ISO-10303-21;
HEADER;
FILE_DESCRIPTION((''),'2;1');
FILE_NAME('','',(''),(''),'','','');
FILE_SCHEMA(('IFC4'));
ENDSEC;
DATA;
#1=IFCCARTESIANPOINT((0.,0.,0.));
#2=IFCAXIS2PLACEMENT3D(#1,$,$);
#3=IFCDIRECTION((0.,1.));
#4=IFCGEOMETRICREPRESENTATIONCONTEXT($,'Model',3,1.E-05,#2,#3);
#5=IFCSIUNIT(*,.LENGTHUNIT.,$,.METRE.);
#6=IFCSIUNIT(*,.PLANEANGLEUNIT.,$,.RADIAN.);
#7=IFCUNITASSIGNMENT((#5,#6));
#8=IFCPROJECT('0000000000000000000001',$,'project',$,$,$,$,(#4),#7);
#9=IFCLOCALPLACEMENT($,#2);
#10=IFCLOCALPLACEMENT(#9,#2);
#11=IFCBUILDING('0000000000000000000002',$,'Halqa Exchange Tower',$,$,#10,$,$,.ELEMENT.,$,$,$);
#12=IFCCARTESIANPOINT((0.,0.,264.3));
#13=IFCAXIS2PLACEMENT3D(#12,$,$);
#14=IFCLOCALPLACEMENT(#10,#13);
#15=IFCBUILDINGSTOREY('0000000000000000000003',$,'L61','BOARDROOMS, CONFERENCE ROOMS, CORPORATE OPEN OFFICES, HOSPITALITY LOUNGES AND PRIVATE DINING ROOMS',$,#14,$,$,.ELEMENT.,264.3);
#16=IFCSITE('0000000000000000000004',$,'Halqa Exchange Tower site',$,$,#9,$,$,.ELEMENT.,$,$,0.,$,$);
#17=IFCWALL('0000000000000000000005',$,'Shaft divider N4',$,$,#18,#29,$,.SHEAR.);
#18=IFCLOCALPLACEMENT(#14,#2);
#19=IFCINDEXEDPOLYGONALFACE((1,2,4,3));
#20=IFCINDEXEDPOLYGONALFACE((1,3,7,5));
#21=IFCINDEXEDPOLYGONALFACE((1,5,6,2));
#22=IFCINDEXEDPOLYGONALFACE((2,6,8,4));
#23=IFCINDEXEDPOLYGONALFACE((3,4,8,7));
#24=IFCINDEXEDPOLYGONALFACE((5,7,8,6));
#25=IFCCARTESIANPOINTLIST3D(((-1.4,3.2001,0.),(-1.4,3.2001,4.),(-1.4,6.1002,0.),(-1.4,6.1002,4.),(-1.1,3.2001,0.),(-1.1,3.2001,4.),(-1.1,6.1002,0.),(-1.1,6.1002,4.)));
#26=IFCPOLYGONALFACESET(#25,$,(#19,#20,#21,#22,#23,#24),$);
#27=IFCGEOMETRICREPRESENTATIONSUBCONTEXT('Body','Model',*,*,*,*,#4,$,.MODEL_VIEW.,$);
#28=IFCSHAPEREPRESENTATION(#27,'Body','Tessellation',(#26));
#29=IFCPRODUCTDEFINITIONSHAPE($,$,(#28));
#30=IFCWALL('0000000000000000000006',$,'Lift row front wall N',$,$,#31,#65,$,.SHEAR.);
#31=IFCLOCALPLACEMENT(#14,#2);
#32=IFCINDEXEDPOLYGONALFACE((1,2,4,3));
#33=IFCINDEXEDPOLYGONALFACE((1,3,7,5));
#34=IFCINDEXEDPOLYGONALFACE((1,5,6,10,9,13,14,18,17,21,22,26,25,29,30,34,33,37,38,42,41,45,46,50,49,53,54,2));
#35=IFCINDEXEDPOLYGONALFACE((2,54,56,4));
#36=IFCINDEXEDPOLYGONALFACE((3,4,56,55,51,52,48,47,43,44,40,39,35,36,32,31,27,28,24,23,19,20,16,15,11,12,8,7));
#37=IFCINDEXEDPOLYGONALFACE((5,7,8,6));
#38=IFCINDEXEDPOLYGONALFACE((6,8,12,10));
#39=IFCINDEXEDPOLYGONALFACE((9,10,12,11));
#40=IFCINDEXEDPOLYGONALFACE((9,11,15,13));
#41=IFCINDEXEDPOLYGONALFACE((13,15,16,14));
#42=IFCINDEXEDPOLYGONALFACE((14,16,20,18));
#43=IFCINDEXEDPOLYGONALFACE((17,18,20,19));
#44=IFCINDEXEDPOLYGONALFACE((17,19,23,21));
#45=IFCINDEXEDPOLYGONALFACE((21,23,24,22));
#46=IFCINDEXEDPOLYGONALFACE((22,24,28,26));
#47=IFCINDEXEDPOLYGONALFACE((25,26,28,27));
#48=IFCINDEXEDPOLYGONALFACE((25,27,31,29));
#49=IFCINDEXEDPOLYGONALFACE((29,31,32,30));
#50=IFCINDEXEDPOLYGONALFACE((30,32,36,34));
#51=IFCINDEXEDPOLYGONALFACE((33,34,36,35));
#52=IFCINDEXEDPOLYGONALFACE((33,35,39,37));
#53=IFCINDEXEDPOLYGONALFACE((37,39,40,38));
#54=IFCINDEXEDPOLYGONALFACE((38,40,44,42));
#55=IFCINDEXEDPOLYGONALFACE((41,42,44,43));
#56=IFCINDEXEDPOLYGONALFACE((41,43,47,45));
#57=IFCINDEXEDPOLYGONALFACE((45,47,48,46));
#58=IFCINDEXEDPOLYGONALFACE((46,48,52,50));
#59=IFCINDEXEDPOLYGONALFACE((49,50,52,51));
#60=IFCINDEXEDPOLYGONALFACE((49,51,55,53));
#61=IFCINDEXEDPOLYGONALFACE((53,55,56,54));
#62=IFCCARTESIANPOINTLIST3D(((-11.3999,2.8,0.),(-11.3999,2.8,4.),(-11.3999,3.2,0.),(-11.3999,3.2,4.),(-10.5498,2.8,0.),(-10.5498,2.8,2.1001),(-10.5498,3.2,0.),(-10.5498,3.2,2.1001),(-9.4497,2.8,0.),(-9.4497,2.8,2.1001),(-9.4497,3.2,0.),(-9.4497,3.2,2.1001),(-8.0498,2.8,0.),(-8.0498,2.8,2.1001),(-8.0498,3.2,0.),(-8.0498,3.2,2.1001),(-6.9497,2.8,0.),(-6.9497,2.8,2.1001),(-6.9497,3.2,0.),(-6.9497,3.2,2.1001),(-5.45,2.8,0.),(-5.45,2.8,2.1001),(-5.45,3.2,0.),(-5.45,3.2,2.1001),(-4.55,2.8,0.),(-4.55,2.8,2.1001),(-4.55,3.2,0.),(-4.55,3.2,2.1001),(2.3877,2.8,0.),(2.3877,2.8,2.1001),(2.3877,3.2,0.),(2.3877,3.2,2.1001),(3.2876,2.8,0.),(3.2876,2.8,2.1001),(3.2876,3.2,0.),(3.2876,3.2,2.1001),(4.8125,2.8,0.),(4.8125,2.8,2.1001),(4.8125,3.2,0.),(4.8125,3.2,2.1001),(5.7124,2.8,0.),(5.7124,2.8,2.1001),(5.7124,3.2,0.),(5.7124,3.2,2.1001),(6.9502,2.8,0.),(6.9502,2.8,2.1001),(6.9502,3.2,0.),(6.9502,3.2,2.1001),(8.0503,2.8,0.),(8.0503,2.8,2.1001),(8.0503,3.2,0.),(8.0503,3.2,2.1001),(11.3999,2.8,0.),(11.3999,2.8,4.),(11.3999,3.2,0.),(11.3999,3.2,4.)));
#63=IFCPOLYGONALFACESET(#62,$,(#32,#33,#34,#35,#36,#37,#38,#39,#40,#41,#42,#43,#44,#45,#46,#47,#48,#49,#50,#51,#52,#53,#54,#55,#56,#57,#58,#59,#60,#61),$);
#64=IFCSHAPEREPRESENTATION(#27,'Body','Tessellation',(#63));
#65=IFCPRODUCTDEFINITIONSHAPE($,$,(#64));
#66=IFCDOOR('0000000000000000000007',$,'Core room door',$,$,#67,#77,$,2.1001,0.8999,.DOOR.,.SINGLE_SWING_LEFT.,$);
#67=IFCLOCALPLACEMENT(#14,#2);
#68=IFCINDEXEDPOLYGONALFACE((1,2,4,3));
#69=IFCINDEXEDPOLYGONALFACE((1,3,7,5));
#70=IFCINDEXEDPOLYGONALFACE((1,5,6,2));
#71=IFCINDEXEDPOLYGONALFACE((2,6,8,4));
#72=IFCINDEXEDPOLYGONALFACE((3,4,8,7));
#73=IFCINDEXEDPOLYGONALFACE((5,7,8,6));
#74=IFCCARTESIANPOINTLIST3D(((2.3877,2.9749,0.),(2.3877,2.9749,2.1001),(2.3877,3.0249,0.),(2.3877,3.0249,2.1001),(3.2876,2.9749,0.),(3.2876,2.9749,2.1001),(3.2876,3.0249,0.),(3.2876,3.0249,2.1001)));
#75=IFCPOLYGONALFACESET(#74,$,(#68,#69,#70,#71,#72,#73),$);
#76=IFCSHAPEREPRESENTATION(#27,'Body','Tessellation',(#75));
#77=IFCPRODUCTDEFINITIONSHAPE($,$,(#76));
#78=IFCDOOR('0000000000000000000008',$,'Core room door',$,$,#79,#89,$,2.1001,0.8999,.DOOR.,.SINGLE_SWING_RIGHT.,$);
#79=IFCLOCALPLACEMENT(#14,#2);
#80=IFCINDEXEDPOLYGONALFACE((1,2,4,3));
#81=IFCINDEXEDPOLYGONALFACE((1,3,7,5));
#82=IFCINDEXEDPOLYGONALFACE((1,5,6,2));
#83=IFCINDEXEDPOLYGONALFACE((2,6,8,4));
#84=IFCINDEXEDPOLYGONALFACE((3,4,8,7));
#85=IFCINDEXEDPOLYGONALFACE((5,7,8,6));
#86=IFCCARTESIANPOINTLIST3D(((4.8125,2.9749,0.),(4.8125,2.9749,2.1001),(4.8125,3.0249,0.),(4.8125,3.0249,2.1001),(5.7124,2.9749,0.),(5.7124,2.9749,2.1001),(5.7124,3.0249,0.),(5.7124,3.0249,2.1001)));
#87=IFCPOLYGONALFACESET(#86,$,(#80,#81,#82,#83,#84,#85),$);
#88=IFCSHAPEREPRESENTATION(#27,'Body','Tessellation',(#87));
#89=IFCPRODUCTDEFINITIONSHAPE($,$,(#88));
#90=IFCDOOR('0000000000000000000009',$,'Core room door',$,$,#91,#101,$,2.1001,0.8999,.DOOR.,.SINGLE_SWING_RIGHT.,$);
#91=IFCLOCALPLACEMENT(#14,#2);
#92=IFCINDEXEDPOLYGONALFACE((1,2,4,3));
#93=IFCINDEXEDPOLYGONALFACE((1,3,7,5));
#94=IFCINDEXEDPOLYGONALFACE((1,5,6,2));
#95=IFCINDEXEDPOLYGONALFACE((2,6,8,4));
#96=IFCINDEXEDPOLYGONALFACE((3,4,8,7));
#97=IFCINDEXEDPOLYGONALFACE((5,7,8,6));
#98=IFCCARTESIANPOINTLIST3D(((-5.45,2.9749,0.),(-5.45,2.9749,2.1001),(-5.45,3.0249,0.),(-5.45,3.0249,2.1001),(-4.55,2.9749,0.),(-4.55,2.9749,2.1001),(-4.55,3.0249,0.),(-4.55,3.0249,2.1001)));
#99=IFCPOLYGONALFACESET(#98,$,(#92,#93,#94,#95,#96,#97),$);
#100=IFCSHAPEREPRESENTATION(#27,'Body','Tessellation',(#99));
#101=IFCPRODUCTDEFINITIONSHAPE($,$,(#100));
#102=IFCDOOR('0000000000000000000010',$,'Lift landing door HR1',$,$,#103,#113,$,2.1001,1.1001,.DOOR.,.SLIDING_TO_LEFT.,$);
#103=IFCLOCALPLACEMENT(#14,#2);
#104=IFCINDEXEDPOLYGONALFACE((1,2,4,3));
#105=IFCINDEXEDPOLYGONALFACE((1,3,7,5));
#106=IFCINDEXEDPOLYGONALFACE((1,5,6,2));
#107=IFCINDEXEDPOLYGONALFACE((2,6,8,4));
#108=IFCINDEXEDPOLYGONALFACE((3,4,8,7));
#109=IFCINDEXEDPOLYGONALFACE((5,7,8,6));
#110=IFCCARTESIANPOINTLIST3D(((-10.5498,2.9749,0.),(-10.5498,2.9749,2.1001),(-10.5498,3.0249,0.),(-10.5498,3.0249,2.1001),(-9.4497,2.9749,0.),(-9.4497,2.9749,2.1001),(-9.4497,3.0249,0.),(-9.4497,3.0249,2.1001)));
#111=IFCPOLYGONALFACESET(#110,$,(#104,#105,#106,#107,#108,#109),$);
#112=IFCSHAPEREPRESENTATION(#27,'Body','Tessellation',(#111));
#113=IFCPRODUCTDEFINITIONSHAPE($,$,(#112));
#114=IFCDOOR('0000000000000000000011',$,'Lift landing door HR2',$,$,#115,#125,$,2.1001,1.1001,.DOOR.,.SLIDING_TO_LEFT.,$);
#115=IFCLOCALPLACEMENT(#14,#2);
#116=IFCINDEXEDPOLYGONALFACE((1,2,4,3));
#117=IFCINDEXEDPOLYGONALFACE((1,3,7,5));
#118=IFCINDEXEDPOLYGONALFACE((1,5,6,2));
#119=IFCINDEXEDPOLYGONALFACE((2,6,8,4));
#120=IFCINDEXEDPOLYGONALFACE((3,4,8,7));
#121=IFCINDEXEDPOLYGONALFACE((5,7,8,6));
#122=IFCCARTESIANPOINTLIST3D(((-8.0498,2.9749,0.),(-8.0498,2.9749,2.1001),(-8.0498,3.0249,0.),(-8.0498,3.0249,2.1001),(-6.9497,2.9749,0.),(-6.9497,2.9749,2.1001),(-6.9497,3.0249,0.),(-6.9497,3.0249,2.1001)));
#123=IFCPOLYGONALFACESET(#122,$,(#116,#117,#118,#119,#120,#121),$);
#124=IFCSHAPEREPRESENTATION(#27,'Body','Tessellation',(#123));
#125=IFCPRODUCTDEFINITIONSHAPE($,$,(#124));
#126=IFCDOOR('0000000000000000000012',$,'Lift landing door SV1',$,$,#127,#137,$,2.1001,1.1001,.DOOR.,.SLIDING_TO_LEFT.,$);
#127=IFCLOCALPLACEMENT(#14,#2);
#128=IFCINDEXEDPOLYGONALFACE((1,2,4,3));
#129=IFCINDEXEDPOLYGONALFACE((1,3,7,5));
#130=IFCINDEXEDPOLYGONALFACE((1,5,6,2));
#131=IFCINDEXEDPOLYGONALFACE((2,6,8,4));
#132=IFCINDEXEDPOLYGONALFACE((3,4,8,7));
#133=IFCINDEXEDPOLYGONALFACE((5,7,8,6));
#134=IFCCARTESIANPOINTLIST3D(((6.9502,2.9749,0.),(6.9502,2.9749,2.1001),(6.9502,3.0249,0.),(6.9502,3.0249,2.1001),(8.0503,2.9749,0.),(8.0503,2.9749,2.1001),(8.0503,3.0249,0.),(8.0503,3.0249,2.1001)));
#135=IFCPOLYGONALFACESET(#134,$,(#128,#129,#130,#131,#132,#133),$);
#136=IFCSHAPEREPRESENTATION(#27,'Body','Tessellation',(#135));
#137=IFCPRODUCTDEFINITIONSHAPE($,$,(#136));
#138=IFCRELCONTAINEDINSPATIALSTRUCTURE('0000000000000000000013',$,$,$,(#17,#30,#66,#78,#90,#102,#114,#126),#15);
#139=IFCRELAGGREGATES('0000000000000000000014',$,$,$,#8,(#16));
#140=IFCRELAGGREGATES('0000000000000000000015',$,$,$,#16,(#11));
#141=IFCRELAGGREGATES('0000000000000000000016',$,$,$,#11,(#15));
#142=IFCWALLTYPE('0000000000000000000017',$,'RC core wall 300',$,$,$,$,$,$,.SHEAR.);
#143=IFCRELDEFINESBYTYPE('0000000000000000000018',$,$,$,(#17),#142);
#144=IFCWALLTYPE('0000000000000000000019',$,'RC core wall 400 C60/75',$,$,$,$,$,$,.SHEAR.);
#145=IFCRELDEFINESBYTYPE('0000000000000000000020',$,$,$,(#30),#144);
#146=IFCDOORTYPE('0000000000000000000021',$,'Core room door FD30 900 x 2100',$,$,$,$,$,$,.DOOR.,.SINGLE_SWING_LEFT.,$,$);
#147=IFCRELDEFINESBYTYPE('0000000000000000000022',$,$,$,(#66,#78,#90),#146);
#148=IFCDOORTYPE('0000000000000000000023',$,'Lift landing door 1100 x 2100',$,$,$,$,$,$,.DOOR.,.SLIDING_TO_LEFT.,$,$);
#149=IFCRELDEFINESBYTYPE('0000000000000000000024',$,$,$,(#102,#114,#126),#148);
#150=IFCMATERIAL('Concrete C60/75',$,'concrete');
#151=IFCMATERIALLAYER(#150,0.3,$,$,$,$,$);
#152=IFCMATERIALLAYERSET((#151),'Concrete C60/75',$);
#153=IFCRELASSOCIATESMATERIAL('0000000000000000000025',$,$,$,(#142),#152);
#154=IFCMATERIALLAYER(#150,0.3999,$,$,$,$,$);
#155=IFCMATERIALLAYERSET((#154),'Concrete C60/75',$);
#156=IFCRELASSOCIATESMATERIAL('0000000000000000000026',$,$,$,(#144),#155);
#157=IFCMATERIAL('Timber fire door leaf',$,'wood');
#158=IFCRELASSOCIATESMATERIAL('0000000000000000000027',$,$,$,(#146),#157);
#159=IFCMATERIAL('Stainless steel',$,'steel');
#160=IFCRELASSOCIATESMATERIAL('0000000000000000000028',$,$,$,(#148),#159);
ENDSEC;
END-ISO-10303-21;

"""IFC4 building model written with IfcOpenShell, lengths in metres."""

from ifc_helpers import new_model, si_unit, direction, frame, frame_2d, origin, place, context, subcontext, project, spatial, rectangle, extrude, material, layer, layer_set, type_object, element, fill, save


model = new_model("IFC4")

# Units and contexts
model_context = context("Model", 3, precision=1e-05, world=origin(), true_north=direction((0.0, 1.0)))
body_context = subcontext(model_context, "Body", "Model", "MODEL_VIEW")
ifc_project = project(units=[si_unit("LENGTHUNIT", "METRE"), si_unit("PLANEANGLEUNIT", "RADIAN")], contexts=[model_context])

# Site, building, storey
site_placement = place(None, origin())
site = spatial("IfcSite", under=ifc_project, at=site_placement, Name="Halqa Exchange Tower site", CompositionType="ELEMENT", RefElevation=0.0)
building_placement = place(site_placement, origin())
building = spatial("IfcBuilding", under=site, at=building_placement, Name="Halqa Exchange Tower", CompositionType="ELEMENT")
storey_placement = place(building_placement, frame((0.0, 0.0, 264.3)))
storey = spatial("IfcBuildingStorey", under=building, at=storey_placement, Name="L61", Description="BOARDROOMS, CONFERENCE ROOMS, CORPORATE OPEN OFFICES, HOSPITALITY LOUNGES AND PRIVATE DINING ROOMS", CompositionType="ELEMENT", Elevation=264.3)

# Wall
ifc_material_1 = material(Name="Concrete C60/75", Category="concrete")
ifc_layer_1 = layer(ifc_material_1, 0.3)
ifc_layer_set_1 = layer_set([ifc_layer_1], Name="Concrete C60/75")
wall_type_1 = type_object("IfcWallType", Name="RC core wall 300", PredefinedType="SHEAR", material=ifc_layer_set_1)
for number, where, z_axis, x_axis, name in (
    (1, (-1.25, 3.2, 0.0), (0.0, 0.0, 1.0), (0.0, 1.0, 0.0), "Shaft divider N4"),
):
    element("IfcWall", number, at=place(storey_placement, frame(where, z_axis=z_axis, x_axis=x_axis)), inside=storey, type_object=wall_type_1, Name=name, PredefinedType="SHEAR", context=body_context, shape_type="SweptSolid", body=[
        extrude(rectangle(XDim=2.9001, YDim=0.3, at=frame_2d((1.4502, 0.0))), origin(), (0.0, 0.0, 1.0), 4.0),
    ])

# Wall, openings, doors
ifc_layer_2 = layer(ifc_material_1, 0.3999)
ifc_layer_set_2 = layer_set([ifc_layer_2], Name="Concrete C60/75")
wall_type_2 = type_object("IfcWallType", Name="RC core wall 400 C60/75", PredefinedType="SHEAR", material=ifc_layer_set_2)
wall_1_placement = place(storey_placement, frame((-11.3999, 3.0, 0.0), z_axis=(0.0, 0.0, 1.0), x_axis=(1.0, 0.0, 0.0)))
wall_1 = element("IfcWall", 2, at=wall_1_placement, inside=storey, type_object=wall_type_2, Name="Lift row front wall N", PredefinedType="SHEAR", context=body_context, shape_type="SweptSolid", body=[
    extrude(rectangle(XDim=22.7998, YDim=0.3999, at=frame_2d((11.3999, 0.0))), origin(), (0.0, 0.0, 1.0), 4.0),
])
opening_1_placement = place(wall_1_placement, frame((0.8501, 0.0, 0.0)))
opening_1 = element("IfcOpeningElement", 3, at=opening_1_placement, cuts=wall_1, PredefinedType="OPENING", context=body_context, shape_type="SweptSolid", body=[
    extrude(rectangle(XDim=1.1001, YDim=2.1001, at=frame_2d((0.55, 1.05))), frame((0.0, 0.2119, 0.0), z_axis=(0.0, -1.0, 0.0), x_axis=(1.0, 0.0, 0.0)), (0.0, 0.0, 1.0), 0.4238),
])
opening_2_placement = place(wall_1_placement, frame((3.3501, 0.0, 0.0)))
opening_2 = element("IfcOpeningElement", 4, at=opening_2_placement, cuts=wall_1, PredefinedType="OPENING", context=body_context, shape_type="SweptSolid", body=[
    extrude(rectangle(XDim=1.1001, YDim=2.1001, at=frame_2d((0.55, 1.05))), frame((0.0, 0.2119, 0.0), z_axis=(0.0, -1.0, 0.0), x_axis=(1.0, 0.0, 0.0)), (0.0, 0.0, 1.0), 0.4238),
])
opening_3_placement = place(wall_1_placement, frame((18.3501, 0.0, 0.0)))
opening_3 = element("IfcOpeningElement", 5, at=opening_3_placement, cuts=wall_1, PredefinedType="OPENING", context=body_context, shape_type="SweptSolid", body=[
    extrude(rectangle(XDim=1.1001, YDim=2.1001, at=frame_2d((0.55, 1.05))), frame((0.0, 0.2119, 0.0), z_axis=(0.0, -1.0, 0.0), x_axis=(1.0, 0.0, 0.0)), (0.0, 0.0, 1.0), 0.4238),
])
opening_4_placement = place(wall_1_placement, frame((13.7876, 0.0, 0.0)))
opening_4 = element("IfcOpeningElement", 6, at=opening_4_placement, cuts=wall_1, PredefinedType="OPENING", context=body_context, shape_type="SweptSolid", body=[
    extrude(rectangle(XDim=0.8999, YDim=2.1001, at=frame_2d((0.45, 1.05))), frame((0.0, 0.2119, 0.0), z_axis=(0.0, -1.0, 0.0), x_axis=(1.0, 0.0, 0.0)), (0.0, 0.0, 1.0), 0.4238),
])
opening_5_placement = place(wall_1_placement, frame((16.2124, 0.0, 0.0)))
opening_5 = element("IfcOpeningElement", 7, at=opening_5_placement, cuts=wall_1, PredefinedType="OPENING", context=body_context, shape_type="SweptSolid", body=[
    extrude(rectangle(XDim=0.8999, YDim=2.1001, at=frame_2d((0.45, 1.05))), frame((0.0, 0.2119, 0.0), z_axis=(0.0, -1.0, 0.0), x_axis=(1.0, 0.0, 0.0)), (0.0, 0.0, 1.0), 0.4238),
])
opening_6_placement = place(wall_1_placement, frame((5.95, 0.0, 0.0)))
opening_6 = element("IfcOpeningElement", 8, at=opening_6_placement, cuts=wall_1, PredefinedType="OPENING", context=body_context, shape_type="SweptSolid", body=[
    extrude(rectangle(XDim=0.8999, YDim=2.1001, at=frame_2d((0.45, 1.05))), frame((0.0, 0.2119, 0.0), z_axis=(0.0, -1.0, 0.0), x_axis=(1.0, 0.0, 0.0)), (0.0, 0.0, 1.0), 0.4238),
])
ifc_material_2 = material(Name="Timber fire door leaf", Category="wood")
door_type_1 = type_object("IfcDoorType", Name="Core room door FD30 900 x 2100", OperationType="SINGLE_SWING_LEFT", PredefinedType="DOOR", material=ifc_material_2)
door_1_placement = place(opening_4_placement, origin())
door_1 = element("IfcDoor", 9, at=door_1_placement, inside=storey, type_object=door_type_1, Name="Core room door", OperationType="SINGLE_SWING_LEFT", OverallHeight=2.1001, OverallWidth=0.8999, PredefinedType="DOOR", context=body_context, shape_type="SweptSolid", body=[
    extrude(rectangle(XDim=0.8999, YDim=2.1001, at=frame_2d((0.45, 1.05))), frame((0.0, 0.0249, 0.0), z_axis=(0.0, -1.0, 0.0), x_axis=(1.0, 0.0, 0.0)), (0.0, 0.0, 1.0), 0.05),
])
fill(opening_4, door_1)
door_2_placement = place(opening_5_placement, origin())
door_2 = element("IfcDoor", 10, at=door_2_placement, inside=storey, type_object=door_type_1, Name="Core room door", OperationType="SINGLE_SWING_RIGHT", OverallHeight=2.1001, OverallWidth=0.8999, PredefinedType="DOOR", context=body_context, shape_type="SweptSolid", body=[
    extrude(rectangle(XDim=0.8999, YDim=2.1001, at=frame_2d((0.45, 1.05))), frame((0.0, 0.0249, 0.0), z_axis=(0.0, -1.0, 0.0), x_axis=(1.0, 0.0, 0.0)), (0.0, 0.0, 1.0), 0.05),
])
fill(opening_5, door_2)
door_3_placement = place(opening_6_placement, origin())
door_3 = element("IfcDoor", 11, at=door_3_placement, inside=storey, type_object=door_type_1, Name="Core room door", OperationType="SINGLE_SWING_RIGHT", OverallHeight=2.1001, OverallWidth=0.8999, PredefinedType="DOOR", context=body_context, shape_type="SweptSolid", body=[
    extrude(rectangle(XDim=0.8999, YDim=2.1001, at=frame_2d((0.45, 1.05))), frame((0.0, 0.0249, 0.0), z_axis=(0.0, -1.0, 0.0), x_axis=(1.0, 0.0, 0.0)), (0.0, 0.0, 1.0), 0.05),
])
fill(opening_6, door_3)
ifc_material_3 = material(Name="Stainless steel", Category="steel")
door_type_2 = type_object("IfcDoorType", Name="Lift landing door 1100 x 2100", OperationType="SLIDING_TO_LEFT", PredefinedType="DOOR", material=ifc_material_3)
door_4_placement = place(opening_1_placement, origin())
door_4 = element("IfcDoor", 12, at=door_4_placement, inside=storey, type_object=door_type_2, Name="Lift landing door HR1", OperationType="SLIDING_TO_LEFT", OverallHeight=2.1001, OverallWidth=1.1001, PredefinedType="DOOR", context=body_context, shape_type="SweptSolid", body=[
    extrude(rectangle(XDim=1.1001, YDim=2.1001, at=frame_2d((0.55, 1.05))), frame((0.0, 0.0249, 0.0), z_axis=(0.0, -1.0, 0.0), x_axis=(1.0, 0.0, 0.0)), (0.0, 0.0, 1.0), 0.05),
])
fill(opening_1, door_4)
door_5_placement = place(opening_2_placement, origin())
door_5 = element("IfcDoor", 13, at=door_5_placement, inside=storey, type_object=door_type_2, Name="Lift landing door HR2", OperationType="SLIDING_TO_LEFT", OverallHeight=2.1001, OverallWidth=1.1001, PredefinedType="DOOR", context=body_context, shape_type="SweptSolid", body=[
    extrude(rectangle(XDim=1.1001, YDim=2.1001, at=frame_2d((0.55, 1.05))), frame((0.0, 0.0249, 0.0), z_axis=(0.0, -1.0, 0.0), x_axis=(1.0, 0.0, 0.0)), (0.0, 0.0, 1.0), 0.05),
])
fill(opening_2, door_5)
door_6_placement = place(opening_3_placement, origin())
door_6 = element("IfcDoor", 14, at=door_6_placement, inside=storey, type_object=door_type_2, Name="Lift landing door SV1", OperationType="SLIDING_TO_LEFT", OverallHeight=2.1001, OverallWidth=1.1001, PredefinedType="DOOR", context=body_context, shape_type="SweptSolid", body=[
    extrude(rectangle(XDim=1.1001, YDim=2.1001, at=frame_2d((0.55, 1.05))), frame((0.0, 0.0249, 0.0), z_axis=(0.0, -1.0, 0.0), x_axis=(1.0, 0.0, 0.0)), (0.0, 0.0, 1.0), 0.05),
])
fill(opening_3, door_6)

save(model, "model.ifc")
